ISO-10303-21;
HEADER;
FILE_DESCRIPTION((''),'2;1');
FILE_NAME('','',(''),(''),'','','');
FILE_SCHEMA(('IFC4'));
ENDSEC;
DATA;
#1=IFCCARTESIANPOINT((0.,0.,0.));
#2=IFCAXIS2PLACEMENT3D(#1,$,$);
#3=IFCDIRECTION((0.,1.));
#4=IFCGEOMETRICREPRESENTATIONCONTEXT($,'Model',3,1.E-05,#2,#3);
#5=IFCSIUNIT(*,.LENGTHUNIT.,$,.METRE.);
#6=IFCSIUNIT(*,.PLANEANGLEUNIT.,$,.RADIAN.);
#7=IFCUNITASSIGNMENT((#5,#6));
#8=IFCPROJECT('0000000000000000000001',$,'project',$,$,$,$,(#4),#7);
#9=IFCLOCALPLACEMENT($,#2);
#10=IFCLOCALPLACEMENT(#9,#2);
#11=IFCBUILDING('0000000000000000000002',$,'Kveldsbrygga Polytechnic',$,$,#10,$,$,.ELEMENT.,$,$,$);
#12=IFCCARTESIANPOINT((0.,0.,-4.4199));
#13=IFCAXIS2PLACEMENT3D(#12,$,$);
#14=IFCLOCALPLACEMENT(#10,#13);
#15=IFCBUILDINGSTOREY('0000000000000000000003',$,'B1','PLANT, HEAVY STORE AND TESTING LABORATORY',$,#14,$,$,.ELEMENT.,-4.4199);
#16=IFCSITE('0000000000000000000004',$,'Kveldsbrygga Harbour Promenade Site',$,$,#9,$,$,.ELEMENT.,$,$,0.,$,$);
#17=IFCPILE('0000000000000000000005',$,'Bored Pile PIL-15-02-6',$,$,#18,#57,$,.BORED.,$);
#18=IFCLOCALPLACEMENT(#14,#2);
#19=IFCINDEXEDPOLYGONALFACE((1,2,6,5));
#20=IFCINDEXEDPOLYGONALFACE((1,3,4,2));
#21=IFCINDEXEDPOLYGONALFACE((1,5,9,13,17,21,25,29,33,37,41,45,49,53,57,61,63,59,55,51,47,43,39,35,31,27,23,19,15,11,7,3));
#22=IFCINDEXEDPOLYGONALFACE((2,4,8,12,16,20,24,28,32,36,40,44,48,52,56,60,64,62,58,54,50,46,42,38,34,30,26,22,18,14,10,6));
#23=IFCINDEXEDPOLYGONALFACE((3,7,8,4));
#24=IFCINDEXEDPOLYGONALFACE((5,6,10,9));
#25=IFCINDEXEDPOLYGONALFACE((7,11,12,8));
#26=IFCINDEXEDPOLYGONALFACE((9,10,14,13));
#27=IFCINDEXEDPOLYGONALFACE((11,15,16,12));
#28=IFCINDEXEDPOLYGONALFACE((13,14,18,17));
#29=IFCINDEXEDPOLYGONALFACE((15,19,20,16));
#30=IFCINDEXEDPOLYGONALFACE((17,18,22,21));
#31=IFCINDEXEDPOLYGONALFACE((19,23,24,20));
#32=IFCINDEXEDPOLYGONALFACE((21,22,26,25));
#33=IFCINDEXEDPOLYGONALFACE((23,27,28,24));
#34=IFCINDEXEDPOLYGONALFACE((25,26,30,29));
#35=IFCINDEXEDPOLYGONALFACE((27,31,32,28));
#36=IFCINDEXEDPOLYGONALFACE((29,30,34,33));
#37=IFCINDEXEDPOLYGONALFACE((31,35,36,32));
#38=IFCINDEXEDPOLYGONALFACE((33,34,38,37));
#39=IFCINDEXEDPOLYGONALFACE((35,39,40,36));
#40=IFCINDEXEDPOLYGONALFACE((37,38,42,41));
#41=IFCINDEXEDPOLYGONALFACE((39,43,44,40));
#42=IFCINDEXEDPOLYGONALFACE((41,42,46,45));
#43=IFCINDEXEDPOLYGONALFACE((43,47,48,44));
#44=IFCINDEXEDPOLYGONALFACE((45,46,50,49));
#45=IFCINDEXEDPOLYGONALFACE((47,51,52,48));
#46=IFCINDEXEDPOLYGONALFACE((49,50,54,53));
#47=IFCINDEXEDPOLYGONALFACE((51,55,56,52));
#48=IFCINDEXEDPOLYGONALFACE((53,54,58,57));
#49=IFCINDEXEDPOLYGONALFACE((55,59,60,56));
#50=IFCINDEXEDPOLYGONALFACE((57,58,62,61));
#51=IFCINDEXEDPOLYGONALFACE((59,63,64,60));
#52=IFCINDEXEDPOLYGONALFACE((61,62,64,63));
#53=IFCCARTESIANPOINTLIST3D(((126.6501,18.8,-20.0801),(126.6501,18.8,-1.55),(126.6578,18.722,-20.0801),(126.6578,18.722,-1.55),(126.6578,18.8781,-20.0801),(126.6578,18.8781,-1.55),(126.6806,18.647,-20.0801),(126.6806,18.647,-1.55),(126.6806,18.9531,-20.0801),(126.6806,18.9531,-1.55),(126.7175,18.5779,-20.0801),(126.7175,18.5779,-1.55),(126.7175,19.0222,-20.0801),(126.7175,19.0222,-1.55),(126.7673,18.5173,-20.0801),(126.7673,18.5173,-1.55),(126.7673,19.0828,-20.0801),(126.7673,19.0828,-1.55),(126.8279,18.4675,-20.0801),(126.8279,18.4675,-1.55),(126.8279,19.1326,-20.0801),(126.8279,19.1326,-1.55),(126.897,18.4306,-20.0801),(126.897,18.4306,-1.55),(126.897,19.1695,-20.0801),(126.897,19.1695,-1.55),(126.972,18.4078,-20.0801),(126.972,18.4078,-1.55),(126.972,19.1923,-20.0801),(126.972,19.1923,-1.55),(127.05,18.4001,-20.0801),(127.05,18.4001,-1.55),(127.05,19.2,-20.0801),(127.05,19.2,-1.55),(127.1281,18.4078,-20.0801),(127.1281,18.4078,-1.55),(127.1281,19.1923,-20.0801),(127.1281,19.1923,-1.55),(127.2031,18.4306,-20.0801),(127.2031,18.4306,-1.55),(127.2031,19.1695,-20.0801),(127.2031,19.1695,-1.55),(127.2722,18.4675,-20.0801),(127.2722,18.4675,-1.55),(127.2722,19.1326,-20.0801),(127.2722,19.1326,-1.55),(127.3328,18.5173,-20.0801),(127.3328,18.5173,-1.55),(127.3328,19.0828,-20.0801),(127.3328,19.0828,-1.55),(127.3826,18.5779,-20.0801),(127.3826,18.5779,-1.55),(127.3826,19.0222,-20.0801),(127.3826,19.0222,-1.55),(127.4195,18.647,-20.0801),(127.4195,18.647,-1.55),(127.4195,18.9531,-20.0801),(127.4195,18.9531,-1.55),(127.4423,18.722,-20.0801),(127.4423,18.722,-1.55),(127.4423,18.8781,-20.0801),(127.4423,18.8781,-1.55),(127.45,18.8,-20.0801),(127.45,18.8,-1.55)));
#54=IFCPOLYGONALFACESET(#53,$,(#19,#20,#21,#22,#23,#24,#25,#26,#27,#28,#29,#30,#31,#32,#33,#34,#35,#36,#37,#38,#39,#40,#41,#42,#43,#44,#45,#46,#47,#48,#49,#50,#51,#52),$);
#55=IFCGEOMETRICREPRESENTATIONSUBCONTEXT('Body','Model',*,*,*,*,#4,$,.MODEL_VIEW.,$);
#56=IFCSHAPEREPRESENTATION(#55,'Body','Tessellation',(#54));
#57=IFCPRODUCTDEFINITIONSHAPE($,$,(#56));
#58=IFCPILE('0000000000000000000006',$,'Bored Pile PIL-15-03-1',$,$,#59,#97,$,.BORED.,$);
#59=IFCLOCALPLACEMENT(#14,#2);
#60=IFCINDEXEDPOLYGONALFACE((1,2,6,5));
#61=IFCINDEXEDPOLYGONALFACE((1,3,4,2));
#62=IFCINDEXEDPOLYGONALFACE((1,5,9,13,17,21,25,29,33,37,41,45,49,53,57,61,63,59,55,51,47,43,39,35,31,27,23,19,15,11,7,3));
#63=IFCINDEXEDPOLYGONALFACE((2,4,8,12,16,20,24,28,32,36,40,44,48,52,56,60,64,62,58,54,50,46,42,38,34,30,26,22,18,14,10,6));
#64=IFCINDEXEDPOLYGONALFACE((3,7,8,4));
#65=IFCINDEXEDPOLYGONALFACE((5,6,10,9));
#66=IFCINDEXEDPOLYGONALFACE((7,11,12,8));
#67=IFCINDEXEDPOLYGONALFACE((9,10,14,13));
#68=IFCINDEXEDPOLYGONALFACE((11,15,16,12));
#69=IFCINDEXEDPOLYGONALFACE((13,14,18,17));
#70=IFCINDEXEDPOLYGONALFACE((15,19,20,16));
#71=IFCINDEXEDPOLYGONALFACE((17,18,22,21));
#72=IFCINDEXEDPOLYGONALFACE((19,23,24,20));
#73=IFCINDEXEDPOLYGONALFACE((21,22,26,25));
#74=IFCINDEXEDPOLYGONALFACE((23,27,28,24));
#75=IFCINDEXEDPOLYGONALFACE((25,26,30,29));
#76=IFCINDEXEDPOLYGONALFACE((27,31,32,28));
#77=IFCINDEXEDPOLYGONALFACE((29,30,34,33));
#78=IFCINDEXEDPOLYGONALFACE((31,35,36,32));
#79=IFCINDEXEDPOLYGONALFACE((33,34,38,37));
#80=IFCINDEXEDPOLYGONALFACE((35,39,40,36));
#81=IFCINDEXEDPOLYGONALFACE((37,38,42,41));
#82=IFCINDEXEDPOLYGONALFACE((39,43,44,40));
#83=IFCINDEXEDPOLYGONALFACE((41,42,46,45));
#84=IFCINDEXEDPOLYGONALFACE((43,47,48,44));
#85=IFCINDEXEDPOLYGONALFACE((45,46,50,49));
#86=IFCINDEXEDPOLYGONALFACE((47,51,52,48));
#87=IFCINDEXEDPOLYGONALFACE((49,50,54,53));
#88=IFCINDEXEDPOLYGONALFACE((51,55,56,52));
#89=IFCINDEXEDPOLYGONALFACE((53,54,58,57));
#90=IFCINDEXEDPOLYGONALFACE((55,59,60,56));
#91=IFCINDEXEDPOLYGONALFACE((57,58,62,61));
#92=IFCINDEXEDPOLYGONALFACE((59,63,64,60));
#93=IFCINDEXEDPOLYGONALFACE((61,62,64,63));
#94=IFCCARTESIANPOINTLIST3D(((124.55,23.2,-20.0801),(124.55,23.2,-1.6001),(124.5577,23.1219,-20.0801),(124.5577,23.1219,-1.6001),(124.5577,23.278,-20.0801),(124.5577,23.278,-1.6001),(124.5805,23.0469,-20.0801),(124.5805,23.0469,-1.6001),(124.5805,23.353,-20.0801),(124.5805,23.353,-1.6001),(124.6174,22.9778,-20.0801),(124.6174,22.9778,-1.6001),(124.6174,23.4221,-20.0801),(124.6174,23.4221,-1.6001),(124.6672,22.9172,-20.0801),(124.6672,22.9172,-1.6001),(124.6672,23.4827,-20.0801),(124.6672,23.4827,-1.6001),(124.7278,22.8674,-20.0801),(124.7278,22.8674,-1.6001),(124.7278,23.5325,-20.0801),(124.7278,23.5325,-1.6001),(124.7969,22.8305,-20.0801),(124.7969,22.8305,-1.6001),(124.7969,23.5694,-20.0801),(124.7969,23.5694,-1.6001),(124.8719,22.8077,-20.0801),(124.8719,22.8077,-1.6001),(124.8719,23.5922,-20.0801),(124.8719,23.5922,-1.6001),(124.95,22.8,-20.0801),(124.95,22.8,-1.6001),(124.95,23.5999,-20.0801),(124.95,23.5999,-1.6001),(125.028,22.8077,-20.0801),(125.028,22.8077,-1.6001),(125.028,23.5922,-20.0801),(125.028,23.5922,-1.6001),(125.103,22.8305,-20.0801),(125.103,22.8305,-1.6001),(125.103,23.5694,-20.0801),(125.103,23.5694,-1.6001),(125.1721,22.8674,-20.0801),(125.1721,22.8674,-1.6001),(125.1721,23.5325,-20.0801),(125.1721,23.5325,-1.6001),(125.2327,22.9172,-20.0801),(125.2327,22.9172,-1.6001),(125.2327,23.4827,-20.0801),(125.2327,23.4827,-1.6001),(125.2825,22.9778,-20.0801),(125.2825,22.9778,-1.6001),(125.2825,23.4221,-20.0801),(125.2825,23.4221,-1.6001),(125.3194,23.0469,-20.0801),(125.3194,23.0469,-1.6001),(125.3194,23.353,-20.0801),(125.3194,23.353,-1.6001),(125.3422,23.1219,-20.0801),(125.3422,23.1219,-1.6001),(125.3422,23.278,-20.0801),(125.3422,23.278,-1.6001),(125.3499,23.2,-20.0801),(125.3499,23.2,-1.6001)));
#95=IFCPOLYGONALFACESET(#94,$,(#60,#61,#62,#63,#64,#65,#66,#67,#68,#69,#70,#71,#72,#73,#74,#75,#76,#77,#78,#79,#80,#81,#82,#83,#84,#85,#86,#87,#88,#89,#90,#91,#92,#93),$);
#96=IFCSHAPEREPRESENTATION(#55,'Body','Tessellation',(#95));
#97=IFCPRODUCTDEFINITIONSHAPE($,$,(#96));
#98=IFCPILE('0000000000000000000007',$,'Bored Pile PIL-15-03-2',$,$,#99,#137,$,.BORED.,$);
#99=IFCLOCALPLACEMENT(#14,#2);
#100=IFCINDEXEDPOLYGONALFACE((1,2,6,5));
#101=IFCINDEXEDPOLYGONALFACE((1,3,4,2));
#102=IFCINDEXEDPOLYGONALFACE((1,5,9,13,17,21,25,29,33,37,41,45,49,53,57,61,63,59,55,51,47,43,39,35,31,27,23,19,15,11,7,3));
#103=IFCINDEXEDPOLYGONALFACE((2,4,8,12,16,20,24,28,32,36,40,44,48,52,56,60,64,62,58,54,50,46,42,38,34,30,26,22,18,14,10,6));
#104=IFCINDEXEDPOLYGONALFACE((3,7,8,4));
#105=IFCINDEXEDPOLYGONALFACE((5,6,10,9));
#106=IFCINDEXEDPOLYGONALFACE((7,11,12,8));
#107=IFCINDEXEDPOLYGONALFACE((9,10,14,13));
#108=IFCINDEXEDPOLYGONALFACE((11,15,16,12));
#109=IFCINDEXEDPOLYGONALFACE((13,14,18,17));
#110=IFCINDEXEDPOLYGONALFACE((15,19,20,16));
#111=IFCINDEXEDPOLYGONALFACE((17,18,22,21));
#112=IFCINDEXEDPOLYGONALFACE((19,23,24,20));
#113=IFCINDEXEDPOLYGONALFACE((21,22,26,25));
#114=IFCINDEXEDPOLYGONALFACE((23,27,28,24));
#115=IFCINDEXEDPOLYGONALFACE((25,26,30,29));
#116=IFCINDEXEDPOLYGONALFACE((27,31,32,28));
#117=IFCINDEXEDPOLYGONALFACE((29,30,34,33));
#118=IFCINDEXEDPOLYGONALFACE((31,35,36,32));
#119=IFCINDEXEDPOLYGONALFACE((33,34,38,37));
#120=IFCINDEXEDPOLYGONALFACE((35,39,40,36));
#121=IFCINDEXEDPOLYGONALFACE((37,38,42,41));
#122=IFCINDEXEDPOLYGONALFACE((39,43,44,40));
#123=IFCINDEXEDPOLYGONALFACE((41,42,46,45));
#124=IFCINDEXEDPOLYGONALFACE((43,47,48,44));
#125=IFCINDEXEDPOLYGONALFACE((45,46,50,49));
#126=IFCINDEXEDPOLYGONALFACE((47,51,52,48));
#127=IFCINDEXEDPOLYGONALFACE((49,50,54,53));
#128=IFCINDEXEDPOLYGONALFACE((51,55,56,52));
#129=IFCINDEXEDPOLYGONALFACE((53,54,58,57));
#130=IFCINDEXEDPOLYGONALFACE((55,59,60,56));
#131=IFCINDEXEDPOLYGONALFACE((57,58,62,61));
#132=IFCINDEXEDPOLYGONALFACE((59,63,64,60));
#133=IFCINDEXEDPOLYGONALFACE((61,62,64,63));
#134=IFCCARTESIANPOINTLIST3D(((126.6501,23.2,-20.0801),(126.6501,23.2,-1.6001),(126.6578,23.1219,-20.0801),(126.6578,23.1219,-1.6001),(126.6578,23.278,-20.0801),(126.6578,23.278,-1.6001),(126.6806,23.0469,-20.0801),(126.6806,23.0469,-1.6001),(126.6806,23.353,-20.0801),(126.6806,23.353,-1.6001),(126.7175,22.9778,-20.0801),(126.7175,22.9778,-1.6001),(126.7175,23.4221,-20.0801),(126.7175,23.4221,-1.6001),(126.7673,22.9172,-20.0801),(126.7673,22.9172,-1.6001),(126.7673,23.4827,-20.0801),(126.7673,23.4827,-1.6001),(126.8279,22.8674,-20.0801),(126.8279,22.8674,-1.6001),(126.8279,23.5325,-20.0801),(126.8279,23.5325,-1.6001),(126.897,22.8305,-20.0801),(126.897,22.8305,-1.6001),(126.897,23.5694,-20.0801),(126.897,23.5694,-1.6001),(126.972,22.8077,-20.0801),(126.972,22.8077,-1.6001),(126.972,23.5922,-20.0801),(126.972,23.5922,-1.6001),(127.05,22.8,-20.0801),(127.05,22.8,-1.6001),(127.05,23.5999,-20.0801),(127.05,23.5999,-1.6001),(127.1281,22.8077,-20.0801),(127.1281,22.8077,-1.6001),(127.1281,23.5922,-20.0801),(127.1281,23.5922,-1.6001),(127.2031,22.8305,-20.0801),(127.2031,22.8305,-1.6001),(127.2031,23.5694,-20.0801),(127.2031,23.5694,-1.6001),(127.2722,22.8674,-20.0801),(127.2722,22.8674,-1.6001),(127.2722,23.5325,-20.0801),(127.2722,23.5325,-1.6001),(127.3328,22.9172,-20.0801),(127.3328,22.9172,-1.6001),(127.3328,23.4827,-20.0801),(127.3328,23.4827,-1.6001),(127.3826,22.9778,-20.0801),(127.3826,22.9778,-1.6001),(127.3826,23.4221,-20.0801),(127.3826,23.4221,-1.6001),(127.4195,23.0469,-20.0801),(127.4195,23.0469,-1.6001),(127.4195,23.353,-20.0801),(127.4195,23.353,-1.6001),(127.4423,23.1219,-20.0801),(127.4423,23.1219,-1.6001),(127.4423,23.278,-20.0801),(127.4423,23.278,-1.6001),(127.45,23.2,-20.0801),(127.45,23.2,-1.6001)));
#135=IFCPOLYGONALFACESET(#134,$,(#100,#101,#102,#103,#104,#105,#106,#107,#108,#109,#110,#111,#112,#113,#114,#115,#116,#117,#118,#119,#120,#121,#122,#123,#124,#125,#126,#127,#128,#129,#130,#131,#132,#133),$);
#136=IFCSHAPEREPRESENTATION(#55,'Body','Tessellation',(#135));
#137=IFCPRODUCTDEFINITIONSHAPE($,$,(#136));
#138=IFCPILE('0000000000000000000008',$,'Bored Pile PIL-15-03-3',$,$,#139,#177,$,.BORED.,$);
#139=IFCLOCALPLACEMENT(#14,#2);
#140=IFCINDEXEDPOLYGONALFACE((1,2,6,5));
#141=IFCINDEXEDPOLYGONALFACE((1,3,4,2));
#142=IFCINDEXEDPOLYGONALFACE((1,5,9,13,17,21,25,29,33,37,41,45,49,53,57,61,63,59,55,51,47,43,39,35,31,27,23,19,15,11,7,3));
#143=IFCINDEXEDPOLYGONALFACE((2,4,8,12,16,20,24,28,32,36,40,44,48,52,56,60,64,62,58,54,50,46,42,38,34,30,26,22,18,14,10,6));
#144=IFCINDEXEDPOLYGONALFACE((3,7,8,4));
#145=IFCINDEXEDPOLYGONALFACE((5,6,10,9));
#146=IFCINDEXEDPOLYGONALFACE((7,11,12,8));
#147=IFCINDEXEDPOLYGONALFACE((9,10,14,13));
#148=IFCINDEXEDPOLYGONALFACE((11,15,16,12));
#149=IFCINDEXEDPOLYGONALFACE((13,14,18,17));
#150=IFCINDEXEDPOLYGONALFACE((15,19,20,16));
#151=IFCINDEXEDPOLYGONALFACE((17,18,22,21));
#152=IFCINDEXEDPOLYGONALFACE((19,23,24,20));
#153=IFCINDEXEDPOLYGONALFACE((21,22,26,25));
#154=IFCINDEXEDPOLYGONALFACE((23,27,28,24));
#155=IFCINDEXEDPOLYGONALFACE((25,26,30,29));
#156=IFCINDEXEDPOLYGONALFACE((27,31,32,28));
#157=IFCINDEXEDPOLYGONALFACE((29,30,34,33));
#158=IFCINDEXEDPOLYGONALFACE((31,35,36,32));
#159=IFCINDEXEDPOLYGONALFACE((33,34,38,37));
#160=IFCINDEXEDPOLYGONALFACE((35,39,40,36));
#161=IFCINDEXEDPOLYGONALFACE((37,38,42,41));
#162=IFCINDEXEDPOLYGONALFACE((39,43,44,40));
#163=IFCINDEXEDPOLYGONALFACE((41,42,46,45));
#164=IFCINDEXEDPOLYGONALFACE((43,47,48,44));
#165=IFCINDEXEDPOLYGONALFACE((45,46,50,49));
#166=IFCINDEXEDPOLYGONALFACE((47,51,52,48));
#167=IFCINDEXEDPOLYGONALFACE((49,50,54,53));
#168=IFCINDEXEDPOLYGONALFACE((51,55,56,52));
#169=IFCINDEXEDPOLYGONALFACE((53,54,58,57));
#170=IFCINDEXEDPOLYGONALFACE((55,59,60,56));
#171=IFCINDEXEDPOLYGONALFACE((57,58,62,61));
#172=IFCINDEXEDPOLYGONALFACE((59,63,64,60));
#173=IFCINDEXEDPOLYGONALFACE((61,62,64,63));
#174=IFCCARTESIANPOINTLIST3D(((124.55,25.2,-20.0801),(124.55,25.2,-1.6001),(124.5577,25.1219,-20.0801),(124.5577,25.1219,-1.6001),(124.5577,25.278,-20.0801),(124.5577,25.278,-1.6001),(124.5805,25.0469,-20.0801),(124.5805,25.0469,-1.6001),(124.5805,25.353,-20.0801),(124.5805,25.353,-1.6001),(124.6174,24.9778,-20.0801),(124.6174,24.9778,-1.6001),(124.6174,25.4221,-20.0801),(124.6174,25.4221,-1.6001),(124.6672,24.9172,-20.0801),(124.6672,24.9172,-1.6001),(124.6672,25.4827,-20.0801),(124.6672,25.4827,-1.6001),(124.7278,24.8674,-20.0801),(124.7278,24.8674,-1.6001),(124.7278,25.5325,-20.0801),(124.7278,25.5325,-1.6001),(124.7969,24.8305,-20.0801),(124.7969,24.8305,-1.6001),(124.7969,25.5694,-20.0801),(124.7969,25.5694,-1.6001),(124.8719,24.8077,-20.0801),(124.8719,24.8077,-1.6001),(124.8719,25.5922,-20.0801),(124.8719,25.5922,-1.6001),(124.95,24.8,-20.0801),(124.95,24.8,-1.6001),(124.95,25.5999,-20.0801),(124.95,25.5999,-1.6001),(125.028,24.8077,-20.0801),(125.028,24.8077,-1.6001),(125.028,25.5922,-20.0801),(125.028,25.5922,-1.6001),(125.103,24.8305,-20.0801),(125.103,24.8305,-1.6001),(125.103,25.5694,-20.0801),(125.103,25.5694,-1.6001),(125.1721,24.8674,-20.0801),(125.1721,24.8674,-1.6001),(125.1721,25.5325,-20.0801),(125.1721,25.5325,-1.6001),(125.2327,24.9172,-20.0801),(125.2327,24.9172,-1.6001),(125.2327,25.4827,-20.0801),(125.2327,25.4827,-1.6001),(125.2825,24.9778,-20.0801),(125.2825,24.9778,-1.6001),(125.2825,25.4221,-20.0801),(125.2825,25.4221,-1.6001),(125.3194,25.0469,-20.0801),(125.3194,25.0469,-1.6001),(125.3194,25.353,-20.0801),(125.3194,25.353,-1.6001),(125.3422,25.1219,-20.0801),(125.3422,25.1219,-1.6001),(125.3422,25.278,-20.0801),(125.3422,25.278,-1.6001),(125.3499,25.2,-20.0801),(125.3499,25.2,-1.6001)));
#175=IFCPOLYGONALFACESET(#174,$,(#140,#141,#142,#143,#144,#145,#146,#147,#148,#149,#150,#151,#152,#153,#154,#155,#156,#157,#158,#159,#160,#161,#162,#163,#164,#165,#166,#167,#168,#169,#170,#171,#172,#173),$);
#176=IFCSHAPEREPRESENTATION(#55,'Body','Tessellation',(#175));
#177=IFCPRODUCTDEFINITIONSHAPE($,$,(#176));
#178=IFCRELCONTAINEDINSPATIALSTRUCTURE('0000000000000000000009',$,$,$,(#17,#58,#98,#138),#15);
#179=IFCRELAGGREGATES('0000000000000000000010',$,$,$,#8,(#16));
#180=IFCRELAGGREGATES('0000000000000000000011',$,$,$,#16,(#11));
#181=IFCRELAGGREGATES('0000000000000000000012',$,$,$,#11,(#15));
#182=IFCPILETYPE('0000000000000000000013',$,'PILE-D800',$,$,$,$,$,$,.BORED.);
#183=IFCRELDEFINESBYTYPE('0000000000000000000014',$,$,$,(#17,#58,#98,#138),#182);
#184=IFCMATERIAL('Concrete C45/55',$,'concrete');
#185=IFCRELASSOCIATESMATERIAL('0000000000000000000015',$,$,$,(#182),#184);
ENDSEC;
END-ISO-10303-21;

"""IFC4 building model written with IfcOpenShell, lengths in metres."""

from ifc_helpers import new_model, si_unit, direction, frame, origin, origin_2d, place, context, subcontext, project, spatial, circle, extrude, material, material_profile, profile_set, type_object, element, save


model = new_model("IFC4")

# Units and contexts
model_context = context("Model", 3, precision=1e-05, world=origin(), true_north=direction((0.0, 1.0)))
body_context = subcontext(model_context, "Body", "Model", "MODEL_VIEW")
ifc_project = project(units=[si_unit("LENGTHUNIT", "METRE"), si_unit("PLANEANGLEUNIT", "RADIAN")], contexts=[model_context])

# Site, building, storey
site_placement = place(None, origin())
site = spatial("IfcSite", under=ifc_project, at=site_placement, Name="Kveldsbrygga Harbour Promenade Site", CompositionType="ELEMENT", RefElevation=0.0)
building_placement = place(site_placement, origin())
building = spatial("IfcBuilding", under=site, at=building_placement, Name="Kveldsbrygga Polytechnic", CompositionType="ELEMENT")
storey_placement = place(building_placement, frame((0.0, 0.0, -4.4199)))
storey = spatial("IfcBuildingStorey", under=building, at=storey_placement, Name="B1", Description="PLANT, HEAVY STORE AND TESTING LABORATORY", CompositionType="ELEMENT", Elevation=-4.4199)

# Shared definitions
ifc_material_1 = material(Name="Concrete C45/55", Category="concrete")

# Piles
ifc_material_profile_1 = material_profile(ifc_material_1, circle(Radius=0.3999, at=origin_2d()), Name="PILE D800")
ifc_profile_set_1 = profile_set([ifc_material_profile_1], Name="Concrete C45/55")
pile_type_1 = type_object("IfcPileType", Name="PILE-D800", PredefinedType="BORED", material=ifc_profile_set_1)
for number, where, z_axis, x_axis, name in (
    (1, (127.05, 18.8, -1.55), (0.0, 0.0, -1.0), (1.0, 0.0, 0.0), "Bored Pile PIL-15-02-6"),
):
    element("IfcPile", number, at=place(storey_placement, frame(where, z_axis=z_axis, x_axis=x_axis)), inside=storey, type_object=pile_type_1, Name=name, PredefinedType="BORED", context=body_context, shape_type="SweptSolid", body=[
        extrude(circle(Radius=0.3999, at=origin_2d()), origin(), (0.0, 0.0, 1.0), 18.53),
    ])
for number, where, z_axis, x_axis, name in (
    (2, (124.95, 23.2, -1.6001), (0.0, 0.0, -1.0), (1.0, 0.0, 0.0), "Bored Pile PIL-15-03-1"),
    (3, (127.05, 23.2, -1.6001), (0.0, 0.0, -1.0), (1.0, 0.0, 0.0), "Bored Pile PIL-15-03-2"),
    (4, (124.95, 25.2, -1.6001), (0.0, 0.0, -1.0), (1.0, 0.0, 0.0), "Bored Pile PIL-15-03-3"),
):
    element("IfcPile", number, at=place(storey_placement, frame(where, z_axis=z_axis, x_axis=x_axis)), inside=storey, type_object=pile_type_1, Name=name, PredefinedType="BORED", context=body_context, shape_type="SweptSolid", body=[
        extrude(circle(Radius=0.3999, at=origin_2d()), origin(), (0.0, 0.0, 1.0), 18.48),
    ])

save(model, "model.ifc")
